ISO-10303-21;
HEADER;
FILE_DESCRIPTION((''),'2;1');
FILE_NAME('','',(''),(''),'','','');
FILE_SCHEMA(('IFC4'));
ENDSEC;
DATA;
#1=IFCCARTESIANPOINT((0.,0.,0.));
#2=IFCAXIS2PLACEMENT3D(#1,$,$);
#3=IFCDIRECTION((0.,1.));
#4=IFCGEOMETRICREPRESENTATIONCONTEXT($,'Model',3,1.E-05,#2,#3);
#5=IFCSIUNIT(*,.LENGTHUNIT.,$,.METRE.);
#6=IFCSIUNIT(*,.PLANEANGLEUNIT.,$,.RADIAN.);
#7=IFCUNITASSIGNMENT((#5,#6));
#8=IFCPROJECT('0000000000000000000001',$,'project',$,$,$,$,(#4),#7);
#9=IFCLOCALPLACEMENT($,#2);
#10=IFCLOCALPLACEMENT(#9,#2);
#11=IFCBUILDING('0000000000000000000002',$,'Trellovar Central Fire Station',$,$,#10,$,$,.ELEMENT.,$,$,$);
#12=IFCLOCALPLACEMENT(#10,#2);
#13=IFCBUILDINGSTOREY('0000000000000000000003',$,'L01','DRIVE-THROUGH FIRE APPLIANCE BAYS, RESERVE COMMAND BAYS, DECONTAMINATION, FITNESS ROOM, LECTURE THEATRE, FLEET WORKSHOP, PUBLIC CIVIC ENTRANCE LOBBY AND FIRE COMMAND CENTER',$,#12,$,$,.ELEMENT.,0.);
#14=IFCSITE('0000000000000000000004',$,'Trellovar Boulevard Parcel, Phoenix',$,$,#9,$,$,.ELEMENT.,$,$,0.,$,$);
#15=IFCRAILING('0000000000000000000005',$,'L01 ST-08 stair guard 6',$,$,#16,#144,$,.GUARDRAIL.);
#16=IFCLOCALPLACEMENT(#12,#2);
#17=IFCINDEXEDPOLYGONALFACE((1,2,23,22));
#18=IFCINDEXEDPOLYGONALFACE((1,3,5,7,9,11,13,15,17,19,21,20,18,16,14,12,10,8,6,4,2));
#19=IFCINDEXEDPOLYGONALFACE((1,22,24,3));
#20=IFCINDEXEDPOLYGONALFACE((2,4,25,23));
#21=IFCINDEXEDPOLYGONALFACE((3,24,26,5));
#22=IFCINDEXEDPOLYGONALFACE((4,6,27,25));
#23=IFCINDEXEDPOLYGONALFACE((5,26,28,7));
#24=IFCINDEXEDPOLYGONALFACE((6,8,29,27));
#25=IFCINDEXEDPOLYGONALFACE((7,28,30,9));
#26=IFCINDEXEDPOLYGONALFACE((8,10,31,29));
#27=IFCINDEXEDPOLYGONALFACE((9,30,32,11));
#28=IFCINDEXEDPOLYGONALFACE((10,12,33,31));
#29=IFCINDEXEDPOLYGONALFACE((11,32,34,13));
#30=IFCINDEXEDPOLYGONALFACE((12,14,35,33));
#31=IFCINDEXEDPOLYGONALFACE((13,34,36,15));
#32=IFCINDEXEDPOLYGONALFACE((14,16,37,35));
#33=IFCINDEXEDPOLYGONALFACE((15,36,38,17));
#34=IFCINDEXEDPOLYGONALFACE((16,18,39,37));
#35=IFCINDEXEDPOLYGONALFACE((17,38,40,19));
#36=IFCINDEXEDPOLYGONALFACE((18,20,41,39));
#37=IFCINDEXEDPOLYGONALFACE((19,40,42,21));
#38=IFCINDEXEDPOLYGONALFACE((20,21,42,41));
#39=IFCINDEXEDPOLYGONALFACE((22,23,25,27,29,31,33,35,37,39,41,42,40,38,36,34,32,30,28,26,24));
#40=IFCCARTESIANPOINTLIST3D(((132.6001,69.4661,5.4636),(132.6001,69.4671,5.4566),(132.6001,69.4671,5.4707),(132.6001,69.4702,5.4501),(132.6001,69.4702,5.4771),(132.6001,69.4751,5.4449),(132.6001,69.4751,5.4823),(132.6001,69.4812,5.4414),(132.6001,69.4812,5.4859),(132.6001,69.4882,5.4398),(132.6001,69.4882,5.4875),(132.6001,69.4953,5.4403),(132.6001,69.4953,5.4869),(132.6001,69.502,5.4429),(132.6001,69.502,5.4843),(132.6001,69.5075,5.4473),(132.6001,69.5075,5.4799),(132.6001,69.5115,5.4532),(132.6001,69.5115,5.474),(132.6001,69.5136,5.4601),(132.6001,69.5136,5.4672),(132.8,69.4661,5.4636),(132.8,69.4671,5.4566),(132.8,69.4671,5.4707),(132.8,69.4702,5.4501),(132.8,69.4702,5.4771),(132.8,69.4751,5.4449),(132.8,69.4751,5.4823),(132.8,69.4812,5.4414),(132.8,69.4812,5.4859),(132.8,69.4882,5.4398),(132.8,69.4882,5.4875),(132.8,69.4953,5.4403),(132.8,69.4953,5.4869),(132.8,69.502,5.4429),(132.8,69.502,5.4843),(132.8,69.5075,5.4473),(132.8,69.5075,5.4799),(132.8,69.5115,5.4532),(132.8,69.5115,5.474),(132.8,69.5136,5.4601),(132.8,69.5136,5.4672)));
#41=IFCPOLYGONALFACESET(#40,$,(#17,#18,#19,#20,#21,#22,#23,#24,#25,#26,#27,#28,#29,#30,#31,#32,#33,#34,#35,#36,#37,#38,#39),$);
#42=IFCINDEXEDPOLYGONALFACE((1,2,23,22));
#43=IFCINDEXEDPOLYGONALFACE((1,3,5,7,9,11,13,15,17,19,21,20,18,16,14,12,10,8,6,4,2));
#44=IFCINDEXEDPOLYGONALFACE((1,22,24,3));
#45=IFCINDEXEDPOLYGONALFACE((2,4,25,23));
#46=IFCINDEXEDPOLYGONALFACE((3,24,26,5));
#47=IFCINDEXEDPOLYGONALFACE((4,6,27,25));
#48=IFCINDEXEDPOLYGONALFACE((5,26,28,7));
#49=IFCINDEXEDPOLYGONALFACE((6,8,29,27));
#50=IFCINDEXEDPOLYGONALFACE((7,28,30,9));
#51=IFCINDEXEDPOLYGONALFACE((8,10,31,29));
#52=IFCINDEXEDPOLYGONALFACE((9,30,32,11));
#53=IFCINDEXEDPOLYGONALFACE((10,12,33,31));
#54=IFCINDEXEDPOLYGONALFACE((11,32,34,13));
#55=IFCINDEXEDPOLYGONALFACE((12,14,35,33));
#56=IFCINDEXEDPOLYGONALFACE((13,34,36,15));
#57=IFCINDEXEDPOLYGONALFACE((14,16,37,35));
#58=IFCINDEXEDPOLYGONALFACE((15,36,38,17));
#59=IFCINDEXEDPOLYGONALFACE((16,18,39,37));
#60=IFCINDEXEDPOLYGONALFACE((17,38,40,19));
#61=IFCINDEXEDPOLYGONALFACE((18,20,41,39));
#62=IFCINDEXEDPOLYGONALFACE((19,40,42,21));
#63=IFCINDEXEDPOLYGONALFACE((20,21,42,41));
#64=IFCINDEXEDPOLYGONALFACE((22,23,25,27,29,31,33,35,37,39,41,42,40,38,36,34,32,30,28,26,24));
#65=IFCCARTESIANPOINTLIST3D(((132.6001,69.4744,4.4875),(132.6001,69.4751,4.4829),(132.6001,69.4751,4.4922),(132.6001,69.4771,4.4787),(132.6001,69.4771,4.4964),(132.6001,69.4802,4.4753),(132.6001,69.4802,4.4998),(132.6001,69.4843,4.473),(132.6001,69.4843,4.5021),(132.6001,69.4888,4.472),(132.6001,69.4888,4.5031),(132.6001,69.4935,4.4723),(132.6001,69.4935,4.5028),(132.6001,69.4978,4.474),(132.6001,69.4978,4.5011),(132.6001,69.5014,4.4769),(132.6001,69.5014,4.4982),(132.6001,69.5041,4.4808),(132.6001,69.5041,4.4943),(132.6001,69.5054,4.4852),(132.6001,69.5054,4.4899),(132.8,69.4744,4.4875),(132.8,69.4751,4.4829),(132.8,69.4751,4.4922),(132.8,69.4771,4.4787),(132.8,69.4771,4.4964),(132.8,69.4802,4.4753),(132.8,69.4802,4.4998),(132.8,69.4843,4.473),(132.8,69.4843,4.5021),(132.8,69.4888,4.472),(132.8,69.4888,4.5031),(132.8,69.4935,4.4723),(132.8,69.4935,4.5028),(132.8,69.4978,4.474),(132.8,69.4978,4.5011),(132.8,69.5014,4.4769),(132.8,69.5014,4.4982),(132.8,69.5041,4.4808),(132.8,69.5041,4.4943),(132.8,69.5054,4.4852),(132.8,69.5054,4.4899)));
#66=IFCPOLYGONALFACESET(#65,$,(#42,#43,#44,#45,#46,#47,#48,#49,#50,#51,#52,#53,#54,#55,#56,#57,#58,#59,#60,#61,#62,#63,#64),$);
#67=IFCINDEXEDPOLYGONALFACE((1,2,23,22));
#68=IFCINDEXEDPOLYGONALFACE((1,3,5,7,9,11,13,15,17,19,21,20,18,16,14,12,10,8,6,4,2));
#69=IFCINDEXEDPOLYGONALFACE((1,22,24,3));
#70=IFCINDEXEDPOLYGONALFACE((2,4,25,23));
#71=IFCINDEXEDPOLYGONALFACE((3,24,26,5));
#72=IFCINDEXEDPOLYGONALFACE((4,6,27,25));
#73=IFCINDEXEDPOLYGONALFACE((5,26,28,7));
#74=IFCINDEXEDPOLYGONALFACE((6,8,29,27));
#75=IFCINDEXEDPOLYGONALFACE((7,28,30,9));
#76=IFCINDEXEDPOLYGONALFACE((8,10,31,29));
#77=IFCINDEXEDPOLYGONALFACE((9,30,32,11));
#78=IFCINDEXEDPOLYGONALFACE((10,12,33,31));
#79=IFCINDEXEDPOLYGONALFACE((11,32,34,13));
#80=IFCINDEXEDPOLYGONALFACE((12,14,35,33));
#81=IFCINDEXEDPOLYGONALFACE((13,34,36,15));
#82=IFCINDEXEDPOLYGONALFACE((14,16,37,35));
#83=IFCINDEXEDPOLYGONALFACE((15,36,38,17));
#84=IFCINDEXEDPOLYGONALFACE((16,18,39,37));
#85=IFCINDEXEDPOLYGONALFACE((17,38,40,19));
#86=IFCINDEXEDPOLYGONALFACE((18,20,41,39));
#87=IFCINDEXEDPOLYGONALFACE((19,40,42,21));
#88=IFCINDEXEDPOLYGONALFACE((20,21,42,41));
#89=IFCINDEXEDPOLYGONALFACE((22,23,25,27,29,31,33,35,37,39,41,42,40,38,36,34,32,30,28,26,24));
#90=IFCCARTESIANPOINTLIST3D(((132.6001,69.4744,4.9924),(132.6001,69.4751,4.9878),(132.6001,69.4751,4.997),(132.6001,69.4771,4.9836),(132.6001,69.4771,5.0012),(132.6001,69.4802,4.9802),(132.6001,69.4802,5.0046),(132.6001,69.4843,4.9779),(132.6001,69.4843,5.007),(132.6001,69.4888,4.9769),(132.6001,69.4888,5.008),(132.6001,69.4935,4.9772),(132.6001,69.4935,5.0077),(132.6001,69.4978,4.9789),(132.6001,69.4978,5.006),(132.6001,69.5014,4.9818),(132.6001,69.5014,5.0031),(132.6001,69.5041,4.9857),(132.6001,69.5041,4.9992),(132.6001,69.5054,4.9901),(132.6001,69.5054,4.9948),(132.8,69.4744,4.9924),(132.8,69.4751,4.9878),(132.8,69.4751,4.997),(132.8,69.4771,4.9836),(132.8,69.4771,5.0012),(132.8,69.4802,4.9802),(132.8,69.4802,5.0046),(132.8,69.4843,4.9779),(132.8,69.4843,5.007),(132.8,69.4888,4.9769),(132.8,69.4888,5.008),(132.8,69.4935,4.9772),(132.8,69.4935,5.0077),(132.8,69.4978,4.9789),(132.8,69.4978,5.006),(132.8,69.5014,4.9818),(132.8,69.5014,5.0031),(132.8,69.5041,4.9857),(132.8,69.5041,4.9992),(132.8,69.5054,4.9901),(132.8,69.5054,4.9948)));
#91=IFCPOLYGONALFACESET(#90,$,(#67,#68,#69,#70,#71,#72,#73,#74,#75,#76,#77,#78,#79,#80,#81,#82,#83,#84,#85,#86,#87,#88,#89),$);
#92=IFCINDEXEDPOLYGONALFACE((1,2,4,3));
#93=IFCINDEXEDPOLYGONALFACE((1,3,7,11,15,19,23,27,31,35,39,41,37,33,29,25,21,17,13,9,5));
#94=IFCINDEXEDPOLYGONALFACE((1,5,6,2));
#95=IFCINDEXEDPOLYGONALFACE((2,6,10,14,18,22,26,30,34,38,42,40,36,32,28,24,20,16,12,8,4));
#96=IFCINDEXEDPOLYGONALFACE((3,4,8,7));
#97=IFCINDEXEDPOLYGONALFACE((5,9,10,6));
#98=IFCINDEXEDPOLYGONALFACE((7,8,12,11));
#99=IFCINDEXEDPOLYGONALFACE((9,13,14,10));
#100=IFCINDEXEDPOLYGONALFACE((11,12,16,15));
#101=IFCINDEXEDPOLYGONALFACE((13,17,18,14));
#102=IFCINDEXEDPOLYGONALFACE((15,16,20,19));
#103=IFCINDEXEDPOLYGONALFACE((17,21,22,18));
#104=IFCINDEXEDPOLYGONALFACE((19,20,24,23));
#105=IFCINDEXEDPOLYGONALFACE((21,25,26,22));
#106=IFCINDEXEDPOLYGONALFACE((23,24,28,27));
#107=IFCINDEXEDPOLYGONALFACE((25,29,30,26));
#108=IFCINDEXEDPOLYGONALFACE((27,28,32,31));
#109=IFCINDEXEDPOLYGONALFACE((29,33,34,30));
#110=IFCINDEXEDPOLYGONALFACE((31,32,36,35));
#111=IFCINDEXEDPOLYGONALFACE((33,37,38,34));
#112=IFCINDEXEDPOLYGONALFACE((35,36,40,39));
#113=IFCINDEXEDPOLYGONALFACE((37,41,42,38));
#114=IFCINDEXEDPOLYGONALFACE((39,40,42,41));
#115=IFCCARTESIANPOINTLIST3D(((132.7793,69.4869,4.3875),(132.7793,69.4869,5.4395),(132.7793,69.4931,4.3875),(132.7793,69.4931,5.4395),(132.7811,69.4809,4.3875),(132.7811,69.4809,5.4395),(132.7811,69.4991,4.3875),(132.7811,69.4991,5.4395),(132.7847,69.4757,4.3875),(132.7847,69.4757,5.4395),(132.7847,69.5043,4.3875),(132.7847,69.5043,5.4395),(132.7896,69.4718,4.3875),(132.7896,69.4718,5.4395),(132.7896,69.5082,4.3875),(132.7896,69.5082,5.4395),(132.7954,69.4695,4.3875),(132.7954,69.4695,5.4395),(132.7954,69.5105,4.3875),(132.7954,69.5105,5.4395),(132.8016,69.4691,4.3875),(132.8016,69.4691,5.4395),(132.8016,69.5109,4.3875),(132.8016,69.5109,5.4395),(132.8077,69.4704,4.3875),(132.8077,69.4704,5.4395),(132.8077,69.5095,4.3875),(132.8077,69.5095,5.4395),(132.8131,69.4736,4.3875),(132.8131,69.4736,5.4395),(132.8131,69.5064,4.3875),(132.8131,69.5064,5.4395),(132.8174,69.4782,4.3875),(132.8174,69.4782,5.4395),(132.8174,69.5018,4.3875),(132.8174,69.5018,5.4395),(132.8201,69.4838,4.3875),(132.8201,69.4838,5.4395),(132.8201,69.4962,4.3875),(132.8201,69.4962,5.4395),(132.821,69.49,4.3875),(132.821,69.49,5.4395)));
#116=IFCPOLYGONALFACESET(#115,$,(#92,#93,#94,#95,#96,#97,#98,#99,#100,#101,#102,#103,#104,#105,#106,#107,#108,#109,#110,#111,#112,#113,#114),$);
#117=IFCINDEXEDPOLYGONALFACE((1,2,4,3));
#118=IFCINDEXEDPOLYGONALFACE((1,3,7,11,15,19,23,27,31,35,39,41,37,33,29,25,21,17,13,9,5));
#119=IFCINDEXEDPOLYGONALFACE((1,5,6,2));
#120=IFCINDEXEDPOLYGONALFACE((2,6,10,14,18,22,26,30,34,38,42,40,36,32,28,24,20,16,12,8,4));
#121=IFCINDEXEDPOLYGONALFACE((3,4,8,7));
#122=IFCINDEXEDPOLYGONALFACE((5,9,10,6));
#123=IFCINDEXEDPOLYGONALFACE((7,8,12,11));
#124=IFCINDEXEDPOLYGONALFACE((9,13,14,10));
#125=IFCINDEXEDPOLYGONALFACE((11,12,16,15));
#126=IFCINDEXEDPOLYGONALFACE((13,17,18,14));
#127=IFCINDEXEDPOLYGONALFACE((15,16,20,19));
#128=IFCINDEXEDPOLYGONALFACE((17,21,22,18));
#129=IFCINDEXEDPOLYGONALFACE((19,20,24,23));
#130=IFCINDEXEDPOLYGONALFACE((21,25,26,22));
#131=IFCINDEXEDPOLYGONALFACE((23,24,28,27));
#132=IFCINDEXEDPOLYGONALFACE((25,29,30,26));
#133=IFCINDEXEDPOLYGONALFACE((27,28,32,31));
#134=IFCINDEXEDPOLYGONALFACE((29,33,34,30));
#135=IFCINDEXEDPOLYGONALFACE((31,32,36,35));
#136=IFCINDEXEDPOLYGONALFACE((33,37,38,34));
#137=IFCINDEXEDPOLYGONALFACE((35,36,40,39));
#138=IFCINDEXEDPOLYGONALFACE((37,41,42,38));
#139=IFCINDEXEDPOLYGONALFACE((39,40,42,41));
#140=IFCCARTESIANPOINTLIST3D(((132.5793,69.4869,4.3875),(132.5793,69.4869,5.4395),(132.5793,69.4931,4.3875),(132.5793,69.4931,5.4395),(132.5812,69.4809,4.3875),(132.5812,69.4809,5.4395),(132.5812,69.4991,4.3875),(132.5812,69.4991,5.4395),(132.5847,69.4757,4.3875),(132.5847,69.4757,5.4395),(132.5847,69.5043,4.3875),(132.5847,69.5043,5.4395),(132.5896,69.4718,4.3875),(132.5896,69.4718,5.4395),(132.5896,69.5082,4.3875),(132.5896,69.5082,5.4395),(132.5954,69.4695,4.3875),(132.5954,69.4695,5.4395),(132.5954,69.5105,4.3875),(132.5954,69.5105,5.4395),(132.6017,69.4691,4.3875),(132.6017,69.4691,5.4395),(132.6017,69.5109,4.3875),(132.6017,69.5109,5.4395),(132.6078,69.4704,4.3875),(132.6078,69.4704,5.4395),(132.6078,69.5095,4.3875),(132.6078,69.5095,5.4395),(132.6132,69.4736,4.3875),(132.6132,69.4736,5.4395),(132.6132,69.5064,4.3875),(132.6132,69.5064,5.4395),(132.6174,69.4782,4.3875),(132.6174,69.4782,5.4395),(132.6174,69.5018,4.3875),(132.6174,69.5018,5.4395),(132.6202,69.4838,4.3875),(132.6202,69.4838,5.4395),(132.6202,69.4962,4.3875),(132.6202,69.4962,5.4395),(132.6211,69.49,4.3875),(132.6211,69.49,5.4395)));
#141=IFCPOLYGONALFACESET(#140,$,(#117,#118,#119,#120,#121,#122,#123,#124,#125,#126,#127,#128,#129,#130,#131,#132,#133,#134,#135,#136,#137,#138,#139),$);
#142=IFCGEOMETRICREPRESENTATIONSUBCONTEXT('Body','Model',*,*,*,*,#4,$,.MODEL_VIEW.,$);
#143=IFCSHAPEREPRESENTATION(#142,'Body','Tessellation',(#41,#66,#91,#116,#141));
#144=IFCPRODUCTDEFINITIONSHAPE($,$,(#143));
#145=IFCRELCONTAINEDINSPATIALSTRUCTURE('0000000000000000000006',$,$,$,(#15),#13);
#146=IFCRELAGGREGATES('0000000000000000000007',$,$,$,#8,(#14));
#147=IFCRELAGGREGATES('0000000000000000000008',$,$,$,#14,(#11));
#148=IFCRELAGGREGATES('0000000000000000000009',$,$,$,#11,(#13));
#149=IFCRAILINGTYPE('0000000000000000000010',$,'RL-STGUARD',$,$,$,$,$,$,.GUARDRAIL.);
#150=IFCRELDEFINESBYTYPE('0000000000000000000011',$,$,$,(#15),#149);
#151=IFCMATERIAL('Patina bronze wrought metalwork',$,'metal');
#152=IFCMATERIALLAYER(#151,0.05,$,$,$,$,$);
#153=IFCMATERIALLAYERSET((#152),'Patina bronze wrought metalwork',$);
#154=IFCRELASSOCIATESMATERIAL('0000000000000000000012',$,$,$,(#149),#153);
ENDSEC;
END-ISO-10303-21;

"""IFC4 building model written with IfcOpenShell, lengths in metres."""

from ifc_helpers import new_model, si_unit, direction, frame, origin, origin_2d, place, context, subcontext, project, spatial, circle, extrude, material, layer, layer_set, type_object, element, save


model = new_model("IFC4")

# Units and contexts
model_context = context("Model", 3, precision=1e-05, world=origin(), true_north=direction((0.0, 1.0)))
body_context = subcontext(model_context, "Body", "Model", "MODEL_VIEW")
ifc_project = project(units=[si_unit("LENGTHUNIT", "METRE"), si_unit("PLANEANGLEUNIT", "RADIAN")], contexts=[model_context])

# Site, building, storey
site_placement = place(None, origin())
site = spatial("IfcSite", under=ifc_project, at=site_placement, Name="Trellovar Boulevard Parcel, Phoenix", CompositionType="ELEMENT", RefElevation=0.0)
building_placement = place(site_placement, origin())
building = spatial("IfcBuilding", under=site, at=building_placement, Name="Trellovar Central Fire Station", CompositionType="ELEMENT")
storey_placement = place(building_placement, origin())
storey = spatial("IfcBuildingStorey", under=building, at=storey_placement, Name="L01", Description="DRIVE-THROUGH FIRE APPLIANCE BAYS, RESERVE COMMAND BAYS, DECONTAMINATION, FITNESS ROOM, LECTURE THEATRE, FLEET WORKSHOP, PUBLIC CIVIC ENTRANCE LOBBY AND FIRE COMMAND CENTER", CompositionType="ELEMENT", Elevation=0.0)

# Railing
ifc_material_1 = material(Name="Patina bronze wrought metalwork", Category="metal")
ifc_layer_1 = layer(ifc_material_1, 0.05)
ifc_layer_set_1 = layer_set([ifc_layer_1], Name="Patina bronze wrought metalwork")
railing_type_1 = type_object("IfcRailingType", Name="RL-STGUARD", PredefinedType="GUARDRAIL", material=ifc_layer_set_1)
railing_1_placement = place(storey_placement, frame((132.8, 69.49, 4.3875)))
element("IfcRailing", 1, at=railing_1_placement, inside=storey, type_object=railing_type_1, Name="L01 ST-08 stair guard 6", PredefinedType="GUARDRAIL", context=body_context, shape_type="SweptSolid", body=[
    extrude(circle(Radius=0.0239, at=origin_2d()), frame((0.0, 0.0, 1.0762), z_axis=(-1.0, 0.0, 0.0), x_axis=(0.0, -1.0, 0.0)), (0.0, 0.0, 1.0), 0.2),
    extrude(circle(Radius=0.0156, at=origin_2d()), frame((0.0, 0.0, 0.1001), z_axis=(-1.0, 0.0, 0.0), x_axis=(0.0, -1.0, 0.0)), (0.0, 0.0, 1.0), 0.2),
    extrude(circle(Radius=0.0156, at=origin_2d()), frame((0.0, 0.0, 0.605), z_axis=(-1.0, 0.0, 0.0), x_axis=(0.0, -1.0, 0.0)), (0.0, 0.0, 1.0), 0.2),
    extrude(circle(Radius=0.021, at=origin_2d()), origin(), (0.0, 0.0, 1.0), 1.052),
    extrude(circle(Radius=0.021, at=origin_2d()), frame((-0.2, 0.0, 0.0)), (0.0, 0.0, 1.0), 1.052),
])

save(model, "model.ifc")
